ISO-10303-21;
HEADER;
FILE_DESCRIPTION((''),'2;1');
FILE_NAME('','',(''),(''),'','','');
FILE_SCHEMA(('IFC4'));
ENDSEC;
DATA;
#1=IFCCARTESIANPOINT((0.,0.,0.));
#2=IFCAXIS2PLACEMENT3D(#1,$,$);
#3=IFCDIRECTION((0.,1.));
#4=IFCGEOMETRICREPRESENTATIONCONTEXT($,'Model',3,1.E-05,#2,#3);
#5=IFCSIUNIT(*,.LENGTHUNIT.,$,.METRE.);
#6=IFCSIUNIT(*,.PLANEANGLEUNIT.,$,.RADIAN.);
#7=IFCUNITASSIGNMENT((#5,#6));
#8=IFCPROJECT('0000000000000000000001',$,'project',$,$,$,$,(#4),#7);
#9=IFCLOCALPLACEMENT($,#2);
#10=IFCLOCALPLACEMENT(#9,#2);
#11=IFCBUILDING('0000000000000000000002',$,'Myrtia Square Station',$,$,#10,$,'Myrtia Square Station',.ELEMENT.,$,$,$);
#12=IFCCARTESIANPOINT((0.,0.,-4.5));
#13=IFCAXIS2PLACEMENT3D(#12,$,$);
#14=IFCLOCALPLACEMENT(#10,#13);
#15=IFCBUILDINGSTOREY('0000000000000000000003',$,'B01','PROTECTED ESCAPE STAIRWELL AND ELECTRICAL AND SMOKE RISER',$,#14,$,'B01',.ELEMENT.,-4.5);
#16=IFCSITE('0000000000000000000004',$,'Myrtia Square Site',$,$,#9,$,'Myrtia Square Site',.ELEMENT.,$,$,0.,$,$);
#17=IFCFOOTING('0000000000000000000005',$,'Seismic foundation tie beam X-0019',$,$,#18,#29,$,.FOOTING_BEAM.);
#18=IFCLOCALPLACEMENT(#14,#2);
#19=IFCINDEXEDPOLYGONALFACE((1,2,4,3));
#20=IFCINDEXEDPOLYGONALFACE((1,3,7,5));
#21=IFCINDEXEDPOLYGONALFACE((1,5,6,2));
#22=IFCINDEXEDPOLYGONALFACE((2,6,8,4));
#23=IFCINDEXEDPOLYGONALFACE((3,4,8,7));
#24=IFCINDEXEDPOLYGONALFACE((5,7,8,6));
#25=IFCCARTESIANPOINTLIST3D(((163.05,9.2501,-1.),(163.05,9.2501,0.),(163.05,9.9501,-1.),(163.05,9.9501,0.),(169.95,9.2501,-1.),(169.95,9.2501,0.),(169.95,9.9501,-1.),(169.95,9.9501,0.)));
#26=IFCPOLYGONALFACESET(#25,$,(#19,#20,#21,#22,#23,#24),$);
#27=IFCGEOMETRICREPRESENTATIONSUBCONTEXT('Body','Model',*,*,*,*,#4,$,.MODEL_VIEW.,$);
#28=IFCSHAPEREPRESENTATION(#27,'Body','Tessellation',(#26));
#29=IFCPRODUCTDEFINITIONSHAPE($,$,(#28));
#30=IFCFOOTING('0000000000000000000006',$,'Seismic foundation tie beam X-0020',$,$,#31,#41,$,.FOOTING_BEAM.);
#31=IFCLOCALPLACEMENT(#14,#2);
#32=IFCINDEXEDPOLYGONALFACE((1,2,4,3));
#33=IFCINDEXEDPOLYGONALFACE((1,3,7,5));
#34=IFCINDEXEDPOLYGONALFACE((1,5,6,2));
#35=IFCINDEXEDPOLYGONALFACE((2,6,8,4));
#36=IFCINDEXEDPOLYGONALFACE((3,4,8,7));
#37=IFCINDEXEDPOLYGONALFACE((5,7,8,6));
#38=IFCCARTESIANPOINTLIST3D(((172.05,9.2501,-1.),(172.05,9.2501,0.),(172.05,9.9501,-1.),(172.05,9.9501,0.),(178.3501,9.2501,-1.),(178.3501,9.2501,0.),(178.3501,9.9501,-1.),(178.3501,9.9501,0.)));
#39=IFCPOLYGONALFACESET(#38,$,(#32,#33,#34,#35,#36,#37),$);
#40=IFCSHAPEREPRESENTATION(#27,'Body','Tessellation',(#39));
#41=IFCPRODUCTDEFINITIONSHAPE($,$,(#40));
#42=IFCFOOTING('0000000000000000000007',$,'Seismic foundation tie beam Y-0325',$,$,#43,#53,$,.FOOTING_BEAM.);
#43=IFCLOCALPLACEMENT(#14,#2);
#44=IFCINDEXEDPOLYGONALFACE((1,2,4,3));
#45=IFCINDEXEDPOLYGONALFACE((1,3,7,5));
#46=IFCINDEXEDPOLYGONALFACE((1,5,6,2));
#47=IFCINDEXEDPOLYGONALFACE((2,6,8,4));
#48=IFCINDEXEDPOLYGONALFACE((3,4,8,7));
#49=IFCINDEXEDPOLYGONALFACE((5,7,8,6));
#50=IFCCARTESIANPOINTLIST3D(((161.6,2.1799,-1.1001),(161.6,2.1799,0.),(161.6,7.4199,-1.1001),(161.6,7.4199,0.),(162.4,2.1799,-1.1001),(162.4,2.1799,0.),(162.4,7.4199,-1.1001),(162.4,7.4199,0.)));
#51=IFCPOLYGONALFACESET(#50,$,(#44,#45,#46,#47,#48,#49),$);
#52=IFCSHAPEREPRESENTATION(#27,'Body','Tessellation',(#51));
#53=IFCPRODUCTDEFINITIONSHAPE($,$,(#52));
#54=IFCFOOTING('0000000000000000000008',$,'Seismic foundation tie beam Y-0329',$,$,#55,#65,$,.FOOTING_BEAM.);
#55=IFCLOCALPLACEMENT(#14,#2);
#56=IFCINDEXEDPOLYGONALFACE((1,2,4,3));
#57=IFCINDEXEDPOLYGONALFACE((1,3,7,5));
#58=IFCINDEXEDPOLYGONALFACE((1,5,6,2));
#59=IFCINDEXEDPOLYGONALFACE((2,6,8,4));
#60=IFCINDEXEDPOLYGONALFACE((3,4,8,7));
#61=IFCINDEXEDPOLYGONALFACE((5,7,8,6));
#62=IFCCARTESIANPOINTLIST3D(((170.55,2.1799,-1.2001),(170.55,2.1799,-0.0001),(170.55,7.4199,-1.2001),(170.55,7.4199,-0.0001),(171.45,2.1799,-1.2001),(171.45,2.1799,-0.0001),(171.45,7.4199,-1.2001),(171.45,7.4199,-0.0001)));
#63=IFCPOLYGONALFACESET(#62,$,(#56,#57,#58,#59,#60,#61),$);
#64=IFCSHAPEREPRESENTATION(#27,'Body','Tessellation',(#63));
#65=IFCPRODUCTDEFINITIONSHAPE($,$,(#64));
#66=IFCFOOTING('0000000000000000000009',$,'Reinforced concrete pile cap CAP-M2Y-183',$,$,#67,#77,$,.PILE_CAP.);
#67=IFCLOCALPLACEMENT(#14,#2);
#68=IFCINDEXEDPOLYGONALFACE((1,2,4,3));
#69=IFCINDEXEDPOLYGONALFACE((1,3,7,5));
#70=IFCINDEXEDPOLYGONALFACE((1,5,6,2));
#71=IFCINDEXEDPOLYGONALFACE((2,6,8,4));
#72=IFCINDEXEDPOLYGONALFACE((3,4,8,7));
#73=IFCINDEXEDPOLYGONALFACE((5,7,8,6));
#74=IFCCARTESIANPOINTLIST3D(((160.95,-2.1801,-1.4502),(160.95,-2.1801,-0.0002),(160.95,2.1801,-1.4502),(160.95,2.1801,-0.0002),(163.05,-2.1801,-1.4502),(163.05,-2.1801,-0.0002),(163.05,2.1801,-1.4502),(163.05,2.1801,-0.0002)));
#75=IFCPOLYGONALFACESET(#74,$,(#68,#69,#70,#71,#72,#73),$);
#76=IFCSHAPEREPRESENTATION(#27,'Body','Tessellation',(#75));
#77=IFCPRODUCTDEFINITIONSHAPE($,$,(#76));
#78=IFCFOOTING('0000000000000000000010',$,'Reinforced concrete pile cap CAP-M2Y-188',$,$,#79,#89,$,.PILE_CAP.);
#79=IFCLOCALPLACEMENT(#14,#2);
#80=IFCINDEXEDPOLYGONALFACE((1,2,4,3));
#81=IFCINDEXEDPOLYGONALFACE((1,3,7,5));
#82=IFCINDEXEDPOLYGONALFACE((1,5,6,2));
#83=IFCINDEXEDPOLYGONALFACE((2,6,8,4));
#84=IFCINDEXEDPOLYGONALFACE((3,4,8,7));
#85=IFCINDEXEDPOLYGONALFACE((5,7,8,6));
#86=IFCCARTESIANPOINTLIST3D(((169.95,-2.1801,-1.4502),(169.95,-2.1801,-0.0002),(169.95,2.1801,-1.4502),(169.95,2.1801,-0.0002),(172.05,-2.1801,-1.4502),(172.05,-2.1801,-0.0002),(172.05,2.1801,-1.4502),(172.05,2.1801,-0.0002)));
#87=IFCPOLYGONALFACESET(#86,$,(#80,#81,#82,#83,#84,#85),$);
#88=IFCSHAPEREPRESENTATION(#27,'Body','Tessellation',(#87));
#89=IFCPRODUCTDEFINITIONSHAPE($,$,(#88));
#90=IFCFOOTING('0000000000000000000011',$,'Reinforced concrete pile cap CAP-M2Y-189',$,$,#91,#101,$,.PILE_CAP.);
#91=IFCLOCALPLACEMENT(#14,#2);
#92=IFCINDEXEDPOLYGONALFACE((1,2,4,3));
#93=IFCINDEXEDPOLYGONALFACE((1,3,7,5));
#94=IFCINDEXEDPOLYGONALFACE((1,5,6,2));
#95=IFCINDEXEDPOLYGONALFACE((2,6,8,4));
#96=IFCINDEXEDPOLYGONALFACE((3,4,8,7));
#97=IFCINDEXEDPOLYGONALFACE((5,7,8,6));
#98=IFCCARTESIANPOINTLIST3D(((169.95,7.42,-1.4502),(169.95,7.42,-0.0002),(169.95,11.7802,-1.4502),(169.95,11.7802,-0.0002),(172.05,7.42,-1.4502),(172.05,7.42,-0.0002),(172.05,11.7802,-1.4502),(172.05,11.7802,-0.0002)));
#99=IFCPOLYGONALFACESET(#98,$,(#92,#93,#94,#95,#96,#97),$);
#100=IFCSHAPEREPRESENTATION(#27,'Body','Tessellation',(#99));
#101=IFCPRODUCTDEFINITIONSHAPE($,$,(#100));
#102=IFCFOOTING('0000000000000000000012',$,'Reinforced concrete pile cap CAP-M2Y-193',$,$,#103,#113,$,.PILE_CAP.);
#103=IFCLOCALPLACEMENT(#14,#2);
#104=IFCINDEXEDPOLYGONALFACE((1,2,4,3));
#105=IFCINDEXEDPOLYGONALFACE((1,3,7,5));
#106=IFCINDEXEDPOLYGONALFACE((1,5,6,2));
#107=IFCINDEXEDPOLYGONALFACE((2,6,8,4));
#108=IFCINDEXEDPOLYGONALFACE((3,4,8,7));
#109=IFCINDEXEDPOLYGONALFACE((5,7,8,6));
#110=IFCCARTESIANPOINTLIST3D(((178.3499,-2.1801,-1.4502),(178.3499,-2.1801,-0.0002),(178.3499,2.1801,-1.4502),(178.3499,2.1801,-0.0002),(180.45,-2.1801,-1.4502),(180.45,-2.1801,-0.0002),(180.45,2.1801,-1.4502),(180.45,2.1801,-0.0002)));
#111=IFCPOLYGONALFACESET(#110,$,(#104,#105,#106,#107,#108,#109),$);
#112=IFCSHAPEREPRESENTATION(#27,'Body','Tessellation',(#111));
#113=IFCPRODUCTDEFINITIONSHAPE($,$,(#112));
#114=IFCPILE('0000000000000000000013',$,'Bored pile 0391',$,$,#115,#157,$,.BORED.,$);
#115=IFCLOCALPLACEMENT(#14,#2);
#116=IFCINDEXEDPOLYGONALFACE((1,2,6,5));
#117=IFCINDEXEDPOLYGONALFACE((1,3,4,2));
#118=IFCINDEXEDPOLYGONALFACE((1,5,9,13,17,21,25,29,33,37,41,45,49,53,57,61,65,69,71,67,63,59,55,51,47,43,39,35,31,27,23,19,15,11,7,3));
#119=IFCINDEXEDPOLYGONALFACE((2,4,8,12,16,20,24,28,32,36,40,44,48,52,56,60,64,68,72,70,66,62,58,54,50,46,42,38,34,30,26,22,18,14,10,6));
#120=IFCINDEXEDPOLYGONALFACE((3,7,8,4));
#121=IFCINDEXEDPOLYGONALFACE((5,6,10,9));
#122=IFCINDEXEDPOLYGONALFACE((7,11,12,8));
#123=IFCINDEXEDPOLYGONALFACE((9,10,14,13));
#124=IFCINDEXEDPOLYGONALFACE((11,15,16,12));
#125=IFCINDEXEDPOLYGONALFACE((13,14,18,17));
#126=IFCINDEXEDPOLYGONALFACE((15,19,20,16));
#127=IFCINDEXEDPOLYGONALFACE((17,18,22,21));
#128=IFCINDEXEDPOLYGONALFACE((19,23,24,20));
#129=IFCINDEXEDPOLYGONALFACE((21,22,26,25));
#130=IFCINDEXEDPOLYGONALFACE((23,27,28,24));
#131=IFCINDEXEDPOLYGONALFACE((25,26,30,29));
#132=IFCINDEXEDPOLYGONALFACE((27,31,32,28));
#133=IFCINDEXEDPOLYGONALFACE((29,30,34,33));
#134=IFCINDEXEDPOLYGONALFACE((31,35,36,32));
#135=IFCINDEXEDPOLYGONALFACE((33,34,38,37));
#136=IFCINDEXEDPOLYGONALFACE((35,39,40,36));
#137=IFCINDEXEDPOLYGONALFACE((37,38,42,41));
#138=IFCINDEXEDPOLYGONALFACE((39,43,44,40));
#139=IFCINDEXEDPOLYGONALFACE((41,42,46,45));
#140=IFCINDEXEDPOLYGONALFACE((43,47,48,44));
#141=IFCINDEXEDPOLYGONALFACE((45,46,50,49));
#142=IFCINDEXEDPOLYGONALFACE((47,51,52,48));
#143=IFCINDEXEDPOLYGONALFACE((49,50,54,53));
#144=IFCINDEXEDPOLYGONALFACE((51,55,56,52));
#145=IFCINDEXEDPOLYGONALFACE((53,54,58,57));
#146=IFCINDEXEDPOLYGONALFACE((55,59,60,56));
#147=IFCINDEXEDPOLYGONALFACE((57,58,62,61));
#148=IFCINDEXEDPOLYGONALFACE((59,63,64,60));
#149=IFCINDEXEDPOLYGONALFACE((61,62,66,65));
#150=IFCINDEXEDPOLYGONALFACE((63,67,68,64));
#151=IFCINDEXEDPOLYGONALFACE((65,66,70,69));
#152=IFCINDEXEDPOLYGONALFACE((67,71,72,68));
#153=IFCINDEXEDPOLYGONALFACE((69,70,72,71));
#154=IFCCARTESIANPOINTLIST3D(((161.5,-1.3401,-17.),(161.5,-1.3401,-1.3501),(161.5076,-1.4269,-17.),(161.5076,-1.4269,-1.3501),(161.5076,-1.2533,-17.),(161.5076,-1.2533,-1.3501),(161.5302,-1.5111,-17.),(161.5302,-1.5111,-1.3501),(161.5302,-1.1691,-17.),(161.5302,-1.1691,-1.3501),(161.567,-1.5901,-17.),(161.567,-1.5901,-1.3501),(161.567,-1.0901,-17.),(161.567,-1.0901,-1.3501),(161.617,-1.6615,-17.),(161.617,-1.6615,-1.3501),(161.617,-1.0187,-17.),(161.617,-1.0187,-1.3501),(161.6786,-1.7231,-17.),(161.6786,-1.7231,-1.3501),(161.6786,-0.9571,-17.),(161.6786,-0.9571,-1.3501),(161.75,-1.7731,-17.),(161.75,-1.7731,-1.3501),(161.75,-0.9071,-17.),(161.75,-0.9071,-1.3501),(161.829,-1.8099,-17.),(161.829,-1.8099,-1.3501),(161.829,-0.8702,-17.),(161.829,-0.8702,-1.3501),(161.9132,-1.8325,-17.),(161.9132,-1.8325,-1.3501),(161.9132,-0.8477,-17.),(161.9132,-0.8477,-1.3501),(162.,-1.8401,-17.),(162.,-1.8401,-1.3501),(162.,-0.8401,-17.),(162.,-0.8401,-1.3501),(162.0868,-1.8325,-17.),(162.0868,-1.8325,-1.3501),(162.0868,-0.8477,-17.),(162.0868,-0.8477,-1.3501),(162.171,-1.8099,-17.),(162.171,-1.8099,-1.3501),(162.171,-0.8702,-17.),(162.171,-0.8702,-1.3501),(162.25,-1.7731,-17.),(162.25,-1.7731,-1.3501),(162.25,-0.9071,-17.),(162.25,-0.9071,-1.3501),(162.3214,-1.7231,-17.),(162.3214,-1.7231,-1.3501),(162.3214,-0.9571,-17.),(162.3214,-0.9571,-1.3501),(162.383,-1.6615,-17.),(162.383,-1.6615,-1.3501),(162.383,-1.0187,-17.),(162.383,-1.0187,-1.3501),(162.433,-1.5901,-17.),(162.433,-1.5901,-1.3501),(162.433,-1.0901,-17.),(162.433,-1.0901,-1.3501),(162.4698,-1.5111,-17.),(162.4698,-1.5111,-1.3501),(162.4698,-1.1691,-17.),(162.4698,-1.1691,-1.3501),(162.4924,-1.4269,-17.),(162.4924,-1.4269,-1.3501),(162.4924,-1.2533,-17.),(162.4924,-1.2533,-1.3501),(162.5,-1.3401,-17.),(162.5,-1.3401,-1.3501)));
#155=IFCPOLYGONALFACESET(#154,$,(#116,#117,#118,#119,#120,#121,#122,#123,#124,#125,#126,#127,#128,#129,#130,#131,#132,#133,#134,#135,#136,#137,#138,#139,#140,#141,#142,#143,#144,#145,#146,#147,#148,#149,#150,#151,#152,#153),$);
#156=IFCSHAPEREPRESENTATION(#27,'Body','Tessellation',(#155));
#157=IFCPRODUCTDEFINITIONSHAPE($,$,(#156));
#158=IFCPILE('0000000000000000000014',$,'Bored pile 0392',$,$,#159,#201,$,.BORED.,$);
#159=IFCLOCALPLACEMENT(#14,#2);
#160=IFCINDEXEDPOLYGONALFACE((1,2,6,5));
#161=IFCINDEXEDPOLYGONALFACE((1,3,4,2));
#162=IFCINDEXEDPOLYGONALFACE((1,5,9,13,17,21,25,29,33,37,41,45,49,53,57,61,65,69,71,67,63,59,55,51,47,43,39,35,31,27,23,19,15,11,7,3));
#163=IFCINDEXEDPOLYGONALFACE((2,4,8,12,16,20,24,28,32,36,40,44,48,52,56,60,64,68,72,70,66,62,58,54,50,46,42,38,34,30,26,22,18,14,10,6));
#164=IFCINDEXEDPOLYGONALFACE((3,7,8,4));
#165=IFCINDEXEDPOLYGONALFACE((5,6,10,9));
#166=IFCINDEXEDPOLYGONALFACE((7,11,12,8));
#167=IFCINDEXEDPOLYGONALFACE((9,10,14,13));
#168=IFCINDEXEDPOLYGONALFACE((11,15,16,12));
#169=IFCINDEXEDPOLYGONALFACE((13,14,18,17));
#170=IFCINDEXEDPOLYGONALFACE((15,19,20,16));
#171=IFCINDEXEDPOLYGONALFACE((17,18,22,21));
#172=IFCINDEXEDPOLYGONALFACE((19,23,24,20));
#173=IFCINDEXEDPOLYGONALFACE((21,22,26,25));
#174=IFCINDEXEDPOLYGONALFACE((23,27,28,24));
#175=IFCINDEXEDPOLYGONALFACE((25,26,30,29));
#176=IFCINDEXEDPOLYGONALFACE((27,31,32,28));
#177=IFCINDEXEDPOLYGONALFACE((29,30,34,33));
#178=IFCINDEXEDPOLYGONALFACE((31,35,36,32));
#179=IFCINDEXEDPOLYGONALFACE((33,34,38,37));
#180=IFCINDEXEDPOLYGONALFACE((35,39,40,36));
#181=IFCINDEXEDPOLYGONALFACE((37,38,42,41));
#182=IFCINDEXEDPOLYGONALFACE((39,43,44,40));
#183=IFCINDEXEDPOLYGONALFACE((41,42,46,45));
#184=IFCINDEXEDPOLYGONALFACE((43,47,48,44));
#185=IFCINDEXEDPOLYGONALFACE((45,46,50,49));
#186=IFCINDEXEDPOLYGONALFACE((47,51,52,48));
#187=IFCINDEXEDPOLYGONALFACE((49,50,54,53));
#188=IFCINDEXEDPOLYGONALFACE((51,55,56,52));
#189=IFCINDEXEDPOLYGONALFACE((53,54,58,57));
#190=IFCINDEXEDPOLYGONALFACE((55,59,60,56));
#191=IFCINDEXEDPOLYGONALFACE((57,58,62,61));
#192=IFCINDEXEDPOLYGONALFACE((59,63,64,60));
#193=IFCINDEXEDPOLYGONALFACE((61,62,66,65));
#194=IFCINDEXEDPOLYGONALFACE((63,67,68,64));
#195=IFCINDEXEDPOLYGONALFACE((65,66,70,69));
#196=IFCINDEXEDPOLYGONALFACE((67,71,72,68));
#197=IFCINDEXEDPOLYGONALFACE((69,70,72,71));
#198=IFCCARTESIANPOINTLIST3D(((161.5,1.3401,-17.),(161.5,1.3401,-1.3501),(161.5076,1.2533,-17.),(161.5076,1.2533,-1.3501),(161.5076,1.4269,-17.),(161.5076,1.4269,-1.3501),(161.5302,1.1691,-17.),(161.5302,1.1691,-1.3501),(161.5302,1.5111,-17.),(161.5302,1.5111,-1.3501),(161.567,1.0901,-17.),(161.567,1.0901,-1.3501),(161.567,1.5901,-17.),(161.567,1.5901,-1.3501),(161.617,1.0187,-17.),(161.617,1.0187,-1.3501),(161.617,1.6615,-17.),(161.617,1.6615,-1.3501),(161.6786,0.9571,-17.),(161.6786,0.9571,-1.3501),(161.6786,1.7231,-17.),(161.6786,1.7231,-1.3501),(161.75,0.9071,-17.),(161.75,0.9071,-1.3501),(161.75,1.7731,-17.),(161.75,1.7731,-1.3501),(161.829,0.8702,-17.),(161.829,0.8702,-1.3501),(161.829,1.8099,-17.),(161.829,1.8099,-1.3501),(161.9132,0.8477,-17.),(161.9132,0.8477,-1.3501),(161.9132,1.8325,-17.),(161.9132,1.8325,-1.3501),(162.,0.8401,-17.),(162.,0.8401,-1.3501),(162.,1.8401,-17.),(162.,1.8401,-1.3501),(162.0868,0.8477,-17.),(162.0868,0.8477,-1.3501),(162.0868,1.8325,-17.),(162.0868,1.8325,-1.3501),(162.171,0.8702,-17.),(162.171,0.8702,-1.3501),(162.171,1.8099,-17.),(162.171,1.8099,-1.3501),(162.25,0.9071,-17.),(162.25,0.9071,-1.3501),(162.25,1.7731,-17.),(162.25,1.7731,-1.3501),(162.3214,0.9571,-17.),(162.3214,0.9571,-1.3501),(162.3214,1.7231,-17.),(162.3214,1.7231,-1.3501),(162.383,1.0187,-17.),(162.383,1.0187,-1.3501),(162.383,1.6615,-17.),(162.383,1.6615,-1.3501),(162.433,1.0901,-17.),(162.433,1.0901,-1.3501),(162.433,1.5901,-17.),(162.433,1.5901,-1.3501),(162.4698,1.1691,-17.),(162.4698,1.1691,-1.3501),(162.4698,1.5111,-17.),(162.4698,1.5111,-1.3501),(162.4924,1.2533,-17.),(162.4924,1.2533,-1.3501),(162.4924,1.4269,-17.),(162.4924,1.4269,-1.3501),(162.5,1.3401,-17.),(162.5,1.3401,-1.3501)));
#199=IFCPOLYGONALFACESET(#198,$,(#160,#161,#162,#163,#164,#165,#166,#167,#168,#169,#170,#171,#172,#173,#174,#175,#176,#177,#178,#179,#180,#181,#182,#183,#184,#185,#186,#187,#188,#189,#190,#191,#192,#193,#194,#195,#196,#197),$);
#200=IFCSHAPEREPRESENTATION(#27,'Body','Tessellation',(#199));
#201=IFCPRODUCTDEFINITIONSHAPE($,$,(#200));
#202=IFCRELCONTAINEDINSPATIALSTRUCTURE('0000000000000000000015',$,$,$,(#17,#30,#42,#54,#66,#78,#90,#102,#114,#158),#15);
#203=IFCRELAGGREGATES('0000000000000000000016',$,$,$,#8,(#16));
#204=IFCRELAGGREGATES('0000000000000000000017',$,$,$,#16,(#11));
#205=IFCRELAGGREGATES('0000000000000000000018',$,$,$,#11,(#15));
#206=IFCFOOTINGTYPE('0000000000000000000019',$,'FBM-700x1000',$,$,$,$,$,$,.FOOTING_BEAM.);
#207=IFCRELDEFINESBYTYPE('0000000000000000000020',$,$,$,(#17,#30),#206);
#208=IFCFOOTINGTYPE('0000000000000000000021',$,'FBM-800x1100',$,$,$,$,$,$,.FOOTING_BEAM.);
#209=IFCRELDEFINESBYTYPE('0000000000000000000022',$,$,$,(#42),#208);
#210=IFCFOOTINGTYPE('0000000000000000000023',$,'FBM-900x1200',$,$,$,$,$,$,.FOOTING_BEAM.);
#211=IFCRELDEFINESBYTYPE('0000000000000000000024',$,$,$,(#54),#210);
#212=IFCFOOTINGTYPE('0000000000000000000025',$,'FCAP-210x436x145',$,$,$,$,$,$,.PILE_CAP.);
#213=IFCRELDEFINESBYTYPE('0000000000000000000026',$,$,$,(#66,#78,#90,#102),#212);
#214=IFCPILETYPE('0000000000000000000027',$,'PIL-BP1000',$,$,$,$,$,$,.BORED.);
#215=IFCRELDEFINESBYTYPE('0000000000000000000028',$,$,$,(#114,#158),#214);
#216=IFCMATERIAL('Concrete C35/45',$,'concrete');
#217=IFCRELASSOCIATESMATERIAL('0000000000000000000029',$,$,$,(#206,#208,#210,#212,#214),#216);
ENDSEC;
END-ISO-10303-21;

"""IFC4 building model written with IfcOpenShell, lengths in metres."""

from ifc_helpers import new_model, si_unit, direction, frame, origin, origin_2d, place, context, subcontext, project, spatial, rectangle, circle, extrude, material, material_profile, profile_set, type_object, element, save


model = new_model("IFC4")

# Units and contexts
model_context = context("Model", 3, precision=1e-05, world=origin(), true_north=direction((0.0, 1.0)))
body_context = subcontext(model_context, "Body", "Model", "MODEL_VIEW")
ifc_project = project(units=[si_unit("LENGTHUNIT", "METRE"), si_unit("PLANEANGLEUNIT", "RADIAN")], contexts=[model_context])

# Site, building, storey
site_placement = place(None, origin())
site = spatial("IfcSite", under=ifc_project, at=site_placement, Name="Myrtia Square Site", LongName="Myrtia Square Site", CompositionType="ELEMENT", RefElevation=0.0)
building_placement = place(site_placement, origin())
building = spatial("IfcBuilding", under=site, at=building_placement, Name="Myrtia Square Station", LongName="Myrtia Square Station", CompositionType="ELEMENT")
storey_placement = place(building_placement, frame((0.0, 0.0, -4.5)))
storey = spatial("IfcBuildingStorey", under=building, at=storey_placement, Name="B01", Description="PROTECTED ESCAPE STAIRWELL AND ELECTRICAL AND SMOKE RISER", LongName="B01", CompositionType="ELEMENT", Elevation=-4.5)

# Footings
ifc_material_1 = material(Name="Concrete C35/45", Category="concrete")
ifc_material_profile_1 = material_profile(ifc_material_1, rectangle(XDim=0.7, YDim=1.0, at=origin_2d()), Name="FB 700x1000")
ifc_profile_set_1 = profile_set([ifc_material_profile_1], Name="Concrete C35/45")
footing_type_1 = type_object("IfcFootingType", Name="FBM-700x1000", PredefinedType="FOOTING_BEAM", material=ifc_profile_set_1)
footing_1_placement = place(storey_placement, frame((163.05, 9.6001, -0.5), z_axis=(1.0, 0.0, 0.0), x_axis=(0.0, 1.0, 0.0)))
element("IfcFooting", 1, at=footing_1_placement, inside=storey, type_object=footing_type_1, Name="Seismic foundation tie beam X-0019", PredefinedType="FOOTING_BEAM", context=body_context, shape_type="SweptSolid", body=[
    extrude(rectangle(XDim=0.7, YDim=1.0, at=origin_2d()), origin(), (0.0, 0.0, 1.0), 6.8999),
])
footing_2_placement = place(storey_placement, frame((172.05, 9.6001, -0.5), z_axis=(1.0, 0.0, 0.0), x_axis=(0.0, 1.0, 0.0)))
element("IfcFooting", 2, at=footing_2_placement, inside=storey, type_object=footing_type_1, Name="Seismic foundation tie beam X-0020", PredefinedType="FOOTING_BEAM", context=body_context, shape_type="SweptSolid", body=[
    extrude(rectangle(XDim=0.7, YDim=1.0, at=origin_2d()), origin(), (0.0, 0.0, 1.0), 6.3),
])
ifc_material_profile_2 = material_profile(ifc_material_1, rectangle(XDim=0.8, YDim=1.1001, at=origin_2d()), Name="FB 800x1100")
ifc_profile_set_2 = profile_set([ifc_material_profile_2], Name="Concrete C35/45")
footing_type_2 = type_object("IfcFootingType", Name="FBM-800x1100", PredefinedType="FOOTING_BEAM", material=ifc_profile_set_2)
footing_3_placement = place(storey_placement, frame((162.0, 2.1799, -0.55), z_axis=(0.0, 1.0, 0.0), x_axis=(-1.0, 0.0, 0.0)))
element("IfcFooting", 3, at=footing_3_placement, inside=storey, type_object=footing_type_2, Name="Seismic foundation tie beam Y-0325", PredefinedType="FOOTING_BEAM", context=body_context, shape_type="SweptSolid", body=[
    extrude(rectangle(XDim=0.8, YDim=1.1001, at=origin_2d()), origin(), (0.0, 0.0, 1.0), 5.24),
])
ifc_material_profile_3 = material_profile(ifc_material_1, rectangle(XDim=0.8999, YDim=1.2, at=origin_2d()), Name="FB 900x1200")
ifc_profile_set_3 = profile_set([ifc_material_profile_3], Name="Concrete C35/45")
footing_type_3 = type_object("IfcFootingType", Name="FBM-900x1200", PredefinedType="FOOTING_BEAM", material=ifc_profile_set_3)
footing_4_placement = place(storey_placement, frame((171.0, 2.1799, -0.6001), z_axis=(0.0, 1.0, 0.0), x_axis=(-1.0, 0.0, 0.0)))
element("IfcFooting", 4, at=footing_4_placement, inside=storey, type_object=footing_type_3, Name="Seismic foundation tie beam Y-0329", PredefinedType="FOOTING_BEAM", context=body_context, shape_type="SweptSolid", body=[
    extrude(rectangle(XDim=0.8999, YDim=1.2, at=origin_2d()), origin(), (0.0, 0.0, 1.0), 5.24),
])
footing_type_4 = type_object("IfcFootingType", Name="FCAP-210x436x145", PredefinedType="PILE_CAP", material=ifc_material_1)
for number, where, z_axis, x_axis, name in (
    (5, (162.0, 0.0, -1.4502), (0.0, 0.0, 1.0), (1.0, 0.0, 0.0), "Reinforced concrete pile cap CAP-M2Y-183"),
    (6, (171.0, 0.0, -1.4502), (0.0, 0.0, 1.0), (1.0, 0.0, 0.0), "Reinforced concrete pile cap CAP-M2Y-188"),
    (7, (171.0, 9.6001, -1.4502), (0.0, 0.0, 1.0), (1.0, 0.0, 0.0), "Reinforced concrete pile cap CAP-M2Y-189"),
    (8, (179.3999, 0.0, -1.4502), (0.0, 0.0, 1.0), (1.0, 0.0, 0.0), "Reinforced concrete pile cap CAP-M2Y-193"),
):
    element("IfcFooting", number, at=place(storey_placement, frame(where, z_axis=z_axis, x_axis=x_axis)), inside=storey, type_object=footing_type_4, Name=name, PredefinedType="PILE_CAP", context=body_context, shape_type="SweptSolid", body=[
        extrude(rectangle(XDim=2.1001, YDim=4.3601, at=origin_2d()), origin(), (0.0, 0.0, 1.0), 1.45),
    ])

# Piles
ifc_material_profile_4 = material_profile(ifc_material_1, circle(Radius=0.5, at=origin_2d()), Name="BP D1000")
ifc_profile_set_4 = profile_set([ifc_material_profile_4], Name="Concrete C35/45")
pile_type = type_object("IfcPileType", Name="PIL-BP1000", PredefinedType="BORED", material=ifc_profile_set_4)
for number, where, z_axis, x_axis, name in (
    (9, (162.0, -1.3401, -1.3501), (0.0, 0.0, -1.0), (1.0, 0.0, 0.0), "Bored pile 0391"),
    (10, (162.0, 1.3401, -1.3501), (0.0, 0.0, -1.0), (1.0, 0.0, 0.0), "Bored pile 0392"),
):
    element("IfcPile", number, at=place(storey_placement, frame(where, z_axis=z_axis, x_axis=x_axis)), inside=storey, type_object=pile_type, Name=name, PredefinedType="BORED", context=body_context, shape_type="SweptSolid", body=[
        extrude(circle(Radius=0.5, at=origin_2d()), origin(), (0.0, 0.0, 1.0), 15.6499),
    ])

save(model, "model.ifc")
